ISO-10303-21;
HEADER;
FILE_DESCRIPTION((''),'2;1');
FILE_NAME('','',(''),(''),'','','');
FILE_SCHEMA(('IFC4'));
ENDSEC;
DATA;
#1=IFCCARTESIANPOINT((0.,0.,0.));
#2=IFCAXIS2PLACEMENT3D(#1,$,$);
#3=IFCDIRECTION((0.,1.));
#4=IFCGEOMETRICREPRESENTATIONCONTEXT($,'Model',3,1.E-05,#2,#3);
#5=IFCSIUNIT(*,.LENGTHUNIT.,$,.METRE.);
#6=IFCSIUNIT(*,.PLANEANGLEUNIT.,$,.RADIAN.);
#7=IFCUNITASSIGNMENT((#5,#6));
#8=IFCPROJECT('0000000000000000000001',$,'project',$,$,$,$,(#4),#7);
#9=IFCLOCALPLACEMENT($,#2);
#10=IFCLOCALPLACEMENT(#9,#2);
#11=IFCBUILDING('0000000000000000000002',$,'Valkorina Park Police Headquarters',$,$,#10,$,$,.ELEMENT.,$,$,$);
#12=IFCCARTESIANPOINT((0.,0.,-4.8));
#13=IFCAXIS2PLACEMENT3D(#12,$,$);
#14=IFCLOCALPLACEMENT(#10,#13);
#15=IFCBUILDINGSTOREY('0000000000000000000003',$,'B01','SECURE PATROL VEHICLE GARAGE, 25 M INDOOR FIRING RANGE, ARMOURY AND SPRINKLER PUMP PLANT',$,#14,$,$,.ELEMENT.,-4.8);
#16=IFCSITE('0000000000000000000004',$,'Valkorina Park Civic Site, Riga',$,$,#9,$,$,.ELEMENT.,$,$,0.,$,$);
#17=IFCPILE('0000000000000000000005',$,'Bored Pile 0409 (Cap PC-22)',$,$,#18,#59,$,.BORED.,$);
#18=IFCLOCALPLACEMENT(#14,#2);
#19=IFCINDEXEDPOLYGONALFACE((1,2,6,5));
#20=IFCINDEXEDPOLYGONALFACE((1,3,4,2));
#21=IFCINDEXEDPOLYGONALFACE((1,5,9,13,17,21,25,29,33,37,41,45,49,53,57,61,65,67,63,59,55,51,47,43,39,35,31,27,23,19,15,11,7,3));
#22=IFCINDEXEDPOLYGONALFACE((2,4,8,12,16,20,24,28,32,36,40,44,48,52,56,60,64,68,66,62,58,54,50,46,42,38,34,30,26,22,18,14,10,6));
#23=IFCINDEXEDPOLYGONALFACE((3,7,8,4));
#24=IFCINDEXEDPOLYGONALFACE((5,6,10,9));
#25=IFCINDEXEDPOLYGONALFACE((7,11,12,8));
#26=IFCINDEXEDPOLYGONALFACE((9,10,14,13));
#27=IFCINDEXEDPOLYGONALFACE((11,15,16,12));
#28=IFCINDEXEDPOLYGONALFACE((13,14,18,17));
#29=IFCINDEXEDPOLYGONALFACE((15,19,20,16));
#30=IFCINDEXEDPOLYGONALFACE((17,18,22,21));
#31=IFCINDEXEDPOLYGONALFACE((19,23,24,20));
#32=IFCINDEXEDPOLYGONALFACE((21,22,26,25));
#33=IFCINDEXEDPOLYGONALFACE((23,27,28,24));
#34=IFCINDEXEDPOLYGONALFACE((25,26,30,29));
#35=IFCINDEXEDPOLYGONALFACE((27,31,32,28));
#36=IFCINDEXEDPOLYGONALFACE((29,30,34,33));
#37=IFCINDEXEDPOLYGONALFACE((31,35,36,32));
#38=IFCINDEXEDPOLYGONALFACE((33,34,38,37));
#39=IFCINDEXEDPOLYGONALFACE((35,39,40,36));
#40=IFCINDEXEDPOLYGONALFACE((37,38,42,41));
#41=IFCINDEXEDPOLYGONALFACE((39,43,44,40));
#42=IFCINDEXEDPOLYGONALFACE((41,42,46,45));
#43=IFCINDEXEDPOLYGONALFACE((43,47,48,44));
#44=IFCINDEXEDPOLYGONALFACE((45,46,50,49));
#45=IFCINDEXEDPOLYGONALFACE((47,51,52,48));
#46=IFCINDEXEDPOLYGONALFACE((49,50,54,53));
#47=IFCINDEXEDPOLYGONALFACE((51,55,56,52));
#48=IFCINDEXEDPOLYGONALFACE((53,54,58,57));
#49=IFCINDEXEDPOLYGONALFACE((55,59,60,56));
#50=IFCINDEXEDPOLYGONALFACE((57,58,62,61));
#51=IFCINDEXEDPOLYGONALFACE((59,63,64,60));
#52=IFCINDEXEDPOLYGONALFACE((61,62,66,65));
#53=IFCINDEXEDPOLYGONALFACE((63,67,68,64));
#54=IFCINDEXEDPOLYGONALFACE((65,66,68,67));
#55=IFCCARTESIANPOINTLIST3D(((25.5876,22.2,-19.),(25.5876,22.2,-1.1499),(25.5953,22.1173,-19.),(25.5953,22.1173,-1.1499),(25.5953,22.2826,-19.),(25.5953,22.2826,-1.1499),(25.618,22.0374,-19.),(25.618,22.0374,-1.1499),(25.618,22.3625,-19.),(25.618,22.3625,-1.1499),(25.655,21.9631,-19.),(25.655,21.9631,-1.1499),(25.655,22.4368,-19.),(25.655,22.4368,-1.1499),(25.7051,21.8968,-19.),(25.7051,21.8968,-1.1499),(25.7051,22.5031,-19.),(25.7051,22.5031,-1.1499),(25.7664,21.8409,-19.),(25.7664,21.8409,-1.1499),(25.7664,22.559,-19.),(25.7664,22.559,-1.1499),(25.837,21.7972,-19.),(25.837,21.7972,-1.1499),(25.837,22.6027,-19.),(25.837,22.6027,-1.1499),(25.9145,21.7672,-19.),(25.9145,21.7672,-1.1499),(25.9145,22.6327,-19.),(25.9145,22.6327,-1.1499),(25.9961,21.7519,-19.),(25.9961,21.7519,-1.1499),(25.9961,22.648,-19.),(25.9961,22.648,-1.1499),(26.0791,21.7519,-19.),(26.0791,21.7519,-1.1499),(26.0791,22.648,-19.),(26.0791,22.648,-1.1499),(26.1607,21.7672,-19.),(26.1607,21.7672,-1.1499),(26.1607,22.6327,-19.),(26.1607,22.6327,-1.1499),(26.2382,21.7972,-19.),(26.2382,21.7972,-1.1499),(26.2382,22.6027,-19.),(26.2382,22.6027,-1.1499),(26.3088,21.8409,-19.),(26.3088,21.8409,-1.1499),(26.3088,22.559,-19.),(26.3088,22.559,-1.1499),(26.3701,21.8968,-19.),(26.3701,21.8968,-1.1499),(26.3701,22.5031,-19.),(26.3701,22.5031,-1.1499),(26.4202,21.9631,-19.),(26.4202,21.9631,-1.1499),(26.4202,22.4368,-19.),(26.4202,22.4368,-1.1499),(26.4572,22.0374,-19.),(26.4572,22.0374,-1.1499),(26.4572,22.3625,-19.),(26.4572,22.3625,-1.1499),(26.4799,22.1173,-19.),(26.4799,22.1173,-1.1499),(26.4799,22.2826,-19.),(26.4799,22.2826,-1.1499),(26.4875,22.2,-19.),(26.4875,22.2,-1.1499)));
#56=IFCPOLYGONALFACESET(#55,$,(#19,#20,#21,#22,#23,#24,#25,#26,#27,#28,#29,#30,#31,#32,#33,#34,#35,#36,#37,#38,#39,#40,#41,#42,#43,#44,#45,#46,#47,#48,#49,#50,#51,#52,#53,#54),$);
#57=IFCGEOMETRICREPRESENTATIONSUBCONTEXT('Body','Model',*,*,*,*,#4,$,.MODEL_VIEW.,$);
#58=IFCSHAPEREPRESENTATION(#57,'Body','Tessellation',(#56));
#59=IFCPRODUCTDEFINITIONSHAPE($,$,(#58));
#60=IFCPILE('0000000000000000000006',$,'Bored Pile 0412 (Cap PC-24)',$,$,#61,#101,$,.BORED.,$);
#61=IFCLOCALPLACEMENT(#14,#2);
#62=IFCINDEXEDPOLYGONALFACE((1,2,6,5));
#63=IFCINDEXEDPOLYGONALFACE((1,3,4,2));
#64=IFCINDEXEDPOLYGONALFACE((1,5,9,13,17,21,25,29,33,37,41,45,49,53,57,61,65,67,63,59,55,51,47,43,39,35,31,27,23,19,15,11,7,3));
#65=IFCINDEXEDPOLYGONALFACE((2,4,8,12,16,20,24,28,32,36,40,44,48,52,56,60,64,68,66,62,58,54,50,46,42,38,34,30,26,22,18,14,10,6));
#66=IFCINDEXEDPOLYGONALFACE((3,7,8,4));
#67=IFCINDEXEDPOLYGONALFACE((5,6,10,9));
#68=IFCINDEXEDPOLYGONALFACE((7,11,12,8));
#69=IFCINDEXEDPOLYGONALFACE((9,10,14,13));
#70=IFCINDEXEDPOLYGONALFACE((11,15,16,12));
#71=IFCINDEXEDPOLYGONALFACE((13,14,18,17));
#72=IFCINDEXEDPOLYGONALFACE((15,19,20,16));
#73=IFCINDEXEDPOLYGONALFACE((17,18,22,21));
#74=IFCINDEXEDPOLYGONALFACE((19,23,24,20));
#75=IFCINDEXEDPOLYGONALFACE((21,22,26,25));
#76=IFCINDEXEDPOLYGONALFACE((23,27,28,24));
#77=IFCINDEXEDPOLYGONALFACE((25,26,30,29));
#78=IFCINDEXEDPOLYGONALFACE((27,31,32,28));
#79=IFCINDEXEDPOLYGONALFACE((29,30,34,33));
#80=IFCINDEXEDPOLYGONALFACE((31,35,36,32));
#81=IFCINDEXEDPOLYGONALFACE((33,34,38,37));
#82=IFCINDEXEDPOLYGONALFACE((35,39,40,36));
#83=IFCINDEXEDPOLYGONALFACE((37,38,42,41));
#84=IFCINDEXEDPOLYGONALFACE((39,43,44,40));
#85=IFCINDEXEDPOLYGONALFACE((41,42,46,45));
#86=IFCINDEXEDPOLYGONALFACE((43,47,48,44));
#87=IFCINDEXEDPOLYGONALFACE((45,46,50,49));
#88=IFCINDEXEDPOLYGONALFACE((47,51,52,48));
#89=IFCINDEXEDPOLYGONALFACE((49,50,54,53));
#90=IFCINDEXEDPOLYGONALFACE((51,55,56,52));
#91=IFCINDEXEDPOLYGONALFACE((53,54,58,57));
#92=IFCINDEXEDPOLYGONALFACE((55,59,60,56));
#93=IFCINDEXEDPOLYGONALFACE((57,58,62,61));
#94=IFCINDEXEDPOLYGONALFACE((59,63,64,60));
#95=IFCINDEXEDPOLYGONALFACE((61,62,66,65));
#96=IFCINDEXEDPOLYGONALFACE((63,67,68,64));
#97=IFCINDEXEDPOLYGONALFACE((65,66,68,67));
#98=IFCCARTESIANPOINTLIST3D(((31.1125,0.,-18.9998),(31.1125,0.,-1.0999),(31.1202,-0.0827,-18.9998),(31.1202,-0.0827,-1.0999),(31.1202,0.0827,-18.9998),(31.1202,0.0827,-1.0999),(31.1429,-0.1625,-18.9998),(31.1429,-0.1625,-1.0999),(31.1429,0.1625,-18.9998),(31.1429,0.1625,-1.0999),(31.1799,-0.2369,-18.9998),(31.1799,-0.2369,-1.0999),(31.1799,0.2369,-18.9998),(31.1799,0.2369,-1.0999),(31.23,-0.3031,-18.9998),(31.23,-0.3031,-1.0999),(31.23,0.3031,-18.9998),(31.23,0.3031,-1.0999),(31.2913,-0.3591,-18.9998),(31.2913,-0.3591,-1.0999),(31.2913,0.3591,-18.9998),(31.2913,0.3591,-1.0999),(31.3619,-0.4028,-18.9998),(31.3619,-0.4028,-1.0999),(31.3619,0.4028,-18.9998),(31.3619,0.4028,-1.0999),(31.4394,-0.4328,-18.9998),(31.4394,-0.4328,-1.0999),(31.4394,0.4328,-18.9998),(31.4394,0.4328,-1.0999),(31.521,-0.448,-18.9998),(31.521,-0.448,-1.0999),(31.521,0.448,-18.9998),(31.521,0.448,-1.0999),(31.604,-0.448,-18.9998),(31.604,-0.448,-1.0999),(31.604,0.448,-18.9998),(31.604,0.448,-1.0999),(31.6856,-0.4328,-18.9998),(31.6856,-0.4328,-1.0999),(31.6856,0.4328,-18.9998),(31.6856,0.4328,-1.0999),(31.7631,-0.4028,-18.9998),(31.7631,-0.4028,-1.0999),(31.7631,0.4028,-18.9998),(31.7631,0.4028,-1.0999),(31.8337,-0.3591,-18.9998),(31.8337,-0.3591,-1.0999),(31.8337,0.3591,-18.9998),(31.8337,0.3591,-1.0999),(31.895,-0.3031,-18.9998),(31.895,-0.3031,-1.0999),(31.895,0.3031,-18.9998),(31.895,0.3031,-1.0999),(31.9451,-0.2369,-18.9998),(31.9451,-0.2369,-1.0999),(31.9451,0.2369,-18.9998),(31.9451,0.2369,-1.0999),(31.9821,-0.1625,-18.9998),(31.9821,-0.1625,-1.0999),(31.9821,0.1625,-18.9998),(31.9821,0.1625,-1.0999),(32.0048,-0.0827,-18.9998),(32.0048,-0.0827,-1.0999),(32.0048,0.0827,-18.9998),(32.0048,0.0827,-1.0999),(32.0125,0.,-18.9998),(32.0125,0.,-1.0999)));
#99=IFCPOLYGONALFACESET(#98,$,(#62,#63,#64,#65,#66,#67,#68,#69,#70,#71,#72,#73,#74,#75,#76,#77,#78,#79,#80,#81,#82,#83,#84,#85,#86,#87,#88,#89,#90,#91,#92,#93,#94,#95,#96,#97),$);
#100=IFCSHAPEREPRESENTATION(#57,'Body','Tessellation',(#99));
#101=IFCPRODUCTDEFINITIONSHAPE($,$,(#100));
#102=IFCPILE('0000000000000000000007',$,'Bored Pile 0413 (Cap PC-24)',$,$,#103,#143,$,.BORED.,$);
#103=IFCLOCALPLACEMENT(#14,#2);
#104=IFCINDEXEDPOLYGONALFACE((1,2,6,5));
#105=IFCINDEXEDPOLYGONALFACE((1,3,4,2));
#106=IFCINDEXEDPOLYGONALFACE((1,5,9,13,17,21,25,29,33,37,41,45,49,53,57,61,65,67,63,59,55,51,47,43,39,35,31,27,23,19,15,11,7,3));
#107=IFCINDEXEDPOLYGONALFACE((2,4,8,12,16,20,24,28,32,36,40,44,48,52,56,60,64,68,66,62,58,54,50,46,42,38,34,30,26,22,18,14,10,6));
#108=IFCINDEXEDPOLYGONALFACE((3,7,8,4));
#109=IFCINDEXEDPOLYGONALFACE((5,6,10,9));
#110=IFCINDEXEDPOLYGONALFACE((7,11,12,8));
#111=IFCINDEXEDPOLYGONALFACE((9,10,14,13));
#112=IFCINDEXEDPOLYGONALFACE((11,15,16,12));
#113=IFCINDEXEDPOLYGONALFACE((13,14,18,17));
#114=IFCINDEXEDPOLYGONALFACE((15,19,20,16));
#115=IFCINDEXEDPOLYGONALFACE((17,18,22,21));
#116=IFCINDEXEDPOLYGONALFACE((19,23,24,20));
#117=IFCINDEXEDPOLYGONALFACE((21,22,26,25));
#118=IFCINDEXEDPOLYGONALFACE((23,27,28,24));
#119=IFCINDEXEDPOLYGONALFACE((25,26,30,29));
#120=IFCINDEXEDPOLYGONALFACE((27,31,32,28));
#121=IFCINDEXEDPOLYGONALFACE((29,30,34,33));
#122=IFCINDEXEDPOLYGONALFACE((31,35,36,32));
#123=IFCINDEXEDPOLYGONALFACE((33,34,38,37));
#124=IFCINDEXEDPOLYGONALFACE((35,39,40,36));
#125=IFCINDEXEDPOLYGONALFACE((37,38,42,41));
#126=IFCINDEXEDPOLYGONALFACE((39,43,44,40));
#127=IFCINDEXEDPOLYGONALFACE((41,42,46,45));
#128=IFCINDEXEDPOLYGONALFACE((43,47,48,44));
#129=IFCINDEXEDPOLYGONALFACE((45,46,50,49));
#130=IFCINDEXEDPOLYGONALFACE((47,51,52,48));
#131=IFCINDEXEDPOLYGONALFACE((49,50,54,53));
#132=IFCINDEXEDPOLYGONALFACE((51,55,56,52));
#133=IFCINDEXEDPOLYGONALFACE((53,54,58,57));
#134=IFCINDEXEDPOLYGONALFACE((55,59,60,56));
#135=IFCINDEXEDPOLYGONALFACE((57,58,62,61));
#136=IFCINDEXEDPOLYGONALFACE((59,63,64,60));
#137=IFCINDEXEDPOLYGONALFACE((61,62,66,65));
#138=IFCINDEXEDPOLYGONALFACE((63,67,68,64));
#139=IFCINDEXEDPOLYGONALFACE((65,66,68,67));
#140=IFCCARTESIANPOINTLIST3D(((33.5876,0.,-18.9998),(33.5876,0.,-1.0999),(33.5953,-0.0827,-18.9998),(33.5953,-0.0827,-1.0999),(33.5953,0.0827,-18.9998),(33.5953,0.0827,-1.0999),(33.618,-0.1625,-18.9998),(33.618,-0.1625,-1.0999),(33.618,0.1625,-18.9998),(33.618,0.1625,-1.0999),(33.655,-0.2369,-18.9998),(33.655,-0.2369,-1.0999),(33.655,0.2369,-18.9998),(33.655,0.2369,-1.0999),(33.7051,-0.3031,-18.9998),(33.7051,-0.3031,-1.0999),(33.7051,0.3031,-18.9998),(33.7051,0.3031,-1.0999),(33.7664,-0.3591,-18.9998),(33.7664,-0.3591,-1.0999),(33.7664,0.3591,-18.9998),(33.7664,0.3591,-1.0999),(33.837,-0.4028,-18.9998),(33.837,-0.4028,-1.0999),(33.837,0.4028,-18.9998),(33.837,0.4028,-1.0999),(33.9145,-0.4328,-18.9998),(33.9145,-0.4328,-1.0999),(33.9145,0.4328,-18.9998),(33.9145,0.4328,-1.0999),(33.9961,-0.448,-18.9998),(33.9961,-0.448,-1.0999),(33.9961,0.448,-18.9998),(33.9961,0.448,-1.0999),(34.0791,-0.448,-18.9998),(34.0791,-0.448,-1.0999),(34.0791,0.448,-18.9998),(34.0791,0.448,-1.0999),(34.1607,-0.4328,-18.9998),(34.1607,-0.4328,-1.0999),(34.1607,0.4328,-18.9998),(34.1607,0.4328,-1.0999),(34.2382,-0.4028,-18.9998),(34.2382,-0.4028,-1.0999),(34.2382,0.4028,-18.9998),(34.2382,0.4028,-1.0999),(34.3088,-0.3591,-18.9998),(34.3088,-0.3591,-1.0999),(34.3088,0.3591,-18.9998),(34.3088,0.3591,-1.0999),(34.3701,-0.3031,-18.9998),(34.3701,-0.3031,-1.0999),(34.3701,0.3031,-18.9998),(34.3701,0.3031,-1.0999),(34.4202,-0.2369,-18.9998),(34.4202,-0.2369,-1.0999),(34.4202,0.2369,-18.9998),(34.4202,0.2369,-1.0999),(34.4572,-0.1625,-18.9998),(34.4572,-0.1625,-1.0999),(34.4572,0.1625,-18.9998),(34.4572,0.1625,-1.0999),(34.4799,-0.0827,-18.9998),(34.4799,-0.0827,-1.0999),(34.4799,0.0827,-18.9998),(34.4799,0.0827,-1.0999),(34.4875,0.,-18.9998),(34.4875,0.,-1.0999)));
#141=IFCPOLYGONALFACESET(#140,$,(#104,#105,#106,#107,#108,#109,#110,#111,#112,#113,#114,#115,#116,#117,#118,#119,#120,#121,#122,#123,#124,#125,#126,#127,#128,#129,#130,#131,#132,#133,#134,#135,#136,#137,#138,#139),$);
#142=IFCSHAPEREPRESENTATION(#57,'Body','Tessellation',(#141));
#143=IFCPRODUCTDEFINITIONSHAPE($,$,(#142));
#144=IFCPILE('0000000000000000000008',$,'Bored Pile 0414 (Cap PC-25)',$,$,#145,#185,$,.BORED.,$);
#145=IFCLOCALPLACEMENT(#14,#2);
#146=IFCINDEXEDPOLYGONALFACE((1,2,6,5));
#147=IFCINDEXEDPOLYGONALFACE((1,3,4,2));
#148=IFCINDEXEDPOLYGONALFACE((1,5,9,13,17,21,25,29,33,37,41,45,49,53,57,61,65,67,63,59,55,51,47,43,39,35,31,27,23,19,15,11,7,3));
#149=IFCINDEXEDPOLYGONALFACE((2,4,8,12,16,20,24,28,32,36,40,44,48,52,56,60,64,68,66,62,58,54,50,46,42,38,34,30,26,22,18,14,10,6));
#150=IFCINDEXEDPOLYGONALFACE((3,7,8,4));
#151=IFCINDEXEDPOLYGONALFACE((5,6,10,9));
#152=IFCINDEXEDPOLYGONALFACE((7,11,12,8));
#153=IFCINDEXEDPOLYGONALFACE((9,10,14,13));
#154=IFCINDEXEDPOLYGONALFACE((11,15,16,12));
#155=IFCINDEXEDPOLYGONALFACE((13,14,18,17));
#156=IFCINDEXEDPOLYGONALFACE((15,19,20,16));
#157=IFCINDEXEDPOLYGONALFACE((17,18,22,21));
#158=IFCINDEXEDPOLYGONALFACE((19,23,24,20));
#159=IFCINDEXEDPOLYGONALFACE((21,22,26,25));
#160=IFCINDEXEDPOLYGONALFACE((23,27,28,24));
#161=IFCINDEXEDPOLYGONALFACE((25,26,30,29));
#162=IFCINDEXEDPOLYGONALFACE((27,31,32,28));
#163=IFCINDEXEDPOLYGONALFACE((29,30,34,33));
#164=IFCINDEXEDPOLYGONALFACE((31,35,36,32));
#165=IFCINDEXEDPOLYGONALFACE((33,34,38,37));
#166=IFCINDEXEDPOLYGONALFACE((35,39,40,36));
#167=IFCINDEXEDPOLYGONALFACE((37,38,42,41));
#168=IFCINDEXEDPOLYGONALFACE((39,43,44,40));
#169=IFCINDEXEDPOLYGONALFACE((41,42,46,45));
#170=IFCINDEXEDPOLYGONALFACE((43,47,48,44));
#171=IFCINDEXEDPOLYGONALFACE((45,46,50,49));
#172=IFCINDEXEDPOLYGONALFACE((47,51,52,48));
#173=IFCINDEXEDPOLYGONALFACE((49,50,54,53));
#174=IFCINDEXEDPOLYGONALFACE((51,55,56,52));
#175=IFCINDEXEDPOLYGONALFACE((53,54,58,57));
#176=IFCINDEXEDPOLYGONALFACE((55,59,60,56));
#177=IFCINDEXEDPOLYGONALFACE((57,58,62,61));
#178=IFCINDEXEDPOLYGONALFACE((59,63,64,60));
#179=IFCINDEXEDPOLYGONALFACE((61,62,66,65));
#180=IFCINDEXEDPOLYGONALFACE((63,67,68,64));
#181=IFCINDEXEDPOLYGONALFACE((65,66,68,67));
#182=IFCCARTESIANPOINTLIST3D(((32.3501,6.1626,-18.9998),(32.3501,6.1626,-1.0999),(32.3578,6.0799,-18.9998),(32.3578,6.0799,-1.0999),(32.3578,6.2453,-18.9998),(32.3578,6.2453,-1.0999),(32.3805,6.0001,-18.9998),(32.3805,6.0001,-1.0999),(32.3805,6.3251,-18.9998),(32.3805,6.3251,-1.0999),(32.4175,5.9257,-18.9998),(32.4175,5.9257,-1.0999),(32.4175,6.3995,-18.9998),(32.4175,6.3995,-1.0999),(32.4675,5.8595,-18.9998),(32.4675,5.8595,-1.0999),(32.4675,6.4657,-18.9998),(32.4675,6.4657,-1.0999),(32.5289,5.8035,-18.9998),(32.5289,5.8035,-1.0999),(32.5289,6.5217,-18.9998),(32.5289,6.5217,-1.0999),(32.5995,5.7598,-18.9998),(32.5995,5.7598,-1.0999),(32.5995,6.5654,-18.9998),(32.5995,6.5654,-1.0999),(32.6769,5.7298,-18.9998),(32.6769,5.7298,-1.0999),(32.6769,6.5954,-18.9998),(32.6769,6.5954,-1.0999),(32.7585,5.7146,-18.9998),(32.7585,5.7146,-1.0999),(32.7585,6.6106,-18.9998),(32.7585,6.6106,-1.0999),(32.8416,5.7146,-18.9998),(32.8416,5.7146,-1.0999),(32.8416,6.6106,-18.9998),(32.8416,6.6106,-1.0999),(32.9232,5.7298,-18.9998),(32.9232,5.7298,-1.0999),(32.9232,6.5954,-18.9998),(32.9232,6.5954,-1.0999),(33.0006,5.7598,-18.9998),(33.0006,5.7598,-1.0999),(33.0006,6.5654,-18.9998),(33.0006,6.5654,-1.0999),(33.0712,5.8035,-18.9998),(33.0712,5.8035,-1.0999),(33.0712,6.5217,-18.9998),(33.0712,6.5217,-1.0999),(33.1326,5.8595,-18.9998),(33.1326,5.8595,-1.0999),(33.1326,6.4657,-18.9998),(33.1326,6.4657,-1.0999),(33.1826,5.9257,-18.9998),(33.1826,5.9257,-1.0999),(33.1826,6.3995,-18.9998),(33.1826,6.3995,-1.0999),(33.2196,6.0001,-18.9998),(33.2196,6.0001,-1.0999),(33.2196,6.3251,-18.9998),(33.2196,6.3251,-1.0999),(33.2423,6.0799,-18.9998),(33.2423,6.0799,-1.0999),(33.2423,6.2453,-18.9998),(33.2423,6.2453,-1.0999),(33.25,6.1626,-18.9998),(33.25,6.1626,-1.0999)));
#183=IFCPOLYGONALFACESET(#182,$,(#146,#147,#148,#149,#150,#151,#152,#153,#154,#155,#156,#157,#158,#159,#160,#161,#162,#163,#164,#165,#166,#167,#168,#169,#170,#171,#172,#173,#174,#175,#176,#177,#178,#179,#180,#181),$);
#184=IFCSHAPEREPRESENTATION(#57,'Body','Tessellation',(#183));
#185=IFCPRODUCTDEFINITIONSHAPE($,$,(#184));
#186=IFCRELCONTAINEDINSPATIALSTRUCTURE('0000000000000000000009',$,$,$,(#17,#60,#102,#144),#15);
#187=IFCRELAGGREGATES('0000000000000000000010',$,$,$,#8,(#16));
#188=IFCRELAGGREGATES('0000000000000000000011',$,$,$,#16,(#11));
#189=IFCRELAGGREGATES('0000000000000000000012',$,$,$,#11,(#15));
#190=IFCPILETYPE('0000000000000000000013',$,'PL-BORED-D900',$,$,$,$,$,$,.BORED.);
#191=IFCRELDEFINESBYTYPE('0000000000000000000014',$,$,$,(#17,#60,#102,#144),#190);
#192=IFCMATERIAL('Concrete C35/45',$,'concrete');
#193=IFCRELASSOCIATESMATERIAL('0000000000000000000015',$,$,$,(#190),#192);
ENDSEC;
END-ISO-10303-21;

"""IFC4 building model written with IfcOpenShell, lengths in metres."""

from ifc_helpers import new_model, si_unit, direction, frame, origin, origin_2d, place, context, subcontext, project, spatial, circle, extrude, material, material_profile, profile_set, type_object, element, save


model = new_model("IFC4")

# Units and contexts
model_context = context("Model", 3, precision=1e-05, world=origin(), true_north=direction((0.0, 1.0)))
body_context = subcontext(model_context, "Body", "Model", "MODEL_VIEW")
ifc_project = project(units=[si_unit("LENGTHUNIT", "METRE"), si_unit("PLANEANGLEUNIT", "RADIAN")], contexts=[model_context])

# Site, building, storey
site_placement = place(None, origin())
site = spatial("IfcSite", under=ifc_project, at=site_placement, Name="Valkorina Park Civic Site, Riga", CompositionType="ELEMENT", RefElevation=0.0)
building_placement = place(site_placement, origin())
building = spatial("IfcBuilding", under=site, at=building_placement, Name="Valkorina Park Police Headquarters", CompositionType="ELEMENT")
storey_placement = place(building_placement, frame((0.0, 0.0, -4.8)))
storey = spatial("IfcBuildingStorey", under=building, at=storey_placement, Name="B01", Description="SECURE PATROL VEHICLE GARAGE, 25 M INDOOR FIRING RANGE, ARMOURY AND SPRINKLER PUMP PLANT", CompositionType="ELEMENT", Elevation=-4.8)

# Piles
ifc_material_1 = material(Name="Concrete C35/45", Category="concrete")
ifc_material_profile_1 = material_profile(ifc_material_1, circle(Radius=0.45, at=origin_2d()), Name="BORED PILE D900")
ifc_profile_set_1 = profile_set([ifc_material_profile_1], Name="Concrete C35/45")
pile_type_1 = type_object("IfcPileType", Name="PL-BORED-D900", PredefinedType="BORED", material=ifc_profile_set_1)
pile_1_placement = place(storey_placement, frame((26.0376, 22.2, -1.1499), z_axis=(0.0, 0.0, -1.0), x_axis=(1.0, 0.0, 0.0)))
element("IfcPile", 1, at=pile_1_placement, inside=storey, type_object=pile_type_1, Name="Bored Pile 0409 (Cap PC-22)", PredefinedType="BORED", context=body_context, shape_type="SweptSolid", body=[
    extrude(circle(Radius=0.45, at=origin_2d()), origin(), (0.0, 0.0, 1.0), 17.8501),
])
for number, where, z_axis, x_axis, name in (
    (2, (31.5625, 0.0, -1.0999), (0.0, 0.0, -1.0), (1.0, 0.0, 0.0), "Bored Pile 0412 (Cap PC-24)"),
    (3, (34.0376, 0.0, -1.0999), (0.0, 0.0, -1.0), (1.0, 0.0, 0.0), "Bored Pile 0413 (Cap PC-24)"),
    (4, (32.8, 6.1626, -1.0999), (0.0, 0.0, -1.0), (1.0, 0.0, 0.0), "Bored Pile 0414 (Cap PC-25)"),
):
    element("IfcPile", number, at=place(storey_placement, frame(where, z_axis=z_axis, x_axis=x_axis)), inside=storey, type_object=pile_type_1, Name=name, PredefinedType="BORED", context=body_context, shape_type="SweptSolid", body=[
        extrude(circle(Radius=0.45, at=origin_2d()), origin(), (0.0, 0.0, 1.0), 17.8999),
    ])

save(model, "model.ifc")
